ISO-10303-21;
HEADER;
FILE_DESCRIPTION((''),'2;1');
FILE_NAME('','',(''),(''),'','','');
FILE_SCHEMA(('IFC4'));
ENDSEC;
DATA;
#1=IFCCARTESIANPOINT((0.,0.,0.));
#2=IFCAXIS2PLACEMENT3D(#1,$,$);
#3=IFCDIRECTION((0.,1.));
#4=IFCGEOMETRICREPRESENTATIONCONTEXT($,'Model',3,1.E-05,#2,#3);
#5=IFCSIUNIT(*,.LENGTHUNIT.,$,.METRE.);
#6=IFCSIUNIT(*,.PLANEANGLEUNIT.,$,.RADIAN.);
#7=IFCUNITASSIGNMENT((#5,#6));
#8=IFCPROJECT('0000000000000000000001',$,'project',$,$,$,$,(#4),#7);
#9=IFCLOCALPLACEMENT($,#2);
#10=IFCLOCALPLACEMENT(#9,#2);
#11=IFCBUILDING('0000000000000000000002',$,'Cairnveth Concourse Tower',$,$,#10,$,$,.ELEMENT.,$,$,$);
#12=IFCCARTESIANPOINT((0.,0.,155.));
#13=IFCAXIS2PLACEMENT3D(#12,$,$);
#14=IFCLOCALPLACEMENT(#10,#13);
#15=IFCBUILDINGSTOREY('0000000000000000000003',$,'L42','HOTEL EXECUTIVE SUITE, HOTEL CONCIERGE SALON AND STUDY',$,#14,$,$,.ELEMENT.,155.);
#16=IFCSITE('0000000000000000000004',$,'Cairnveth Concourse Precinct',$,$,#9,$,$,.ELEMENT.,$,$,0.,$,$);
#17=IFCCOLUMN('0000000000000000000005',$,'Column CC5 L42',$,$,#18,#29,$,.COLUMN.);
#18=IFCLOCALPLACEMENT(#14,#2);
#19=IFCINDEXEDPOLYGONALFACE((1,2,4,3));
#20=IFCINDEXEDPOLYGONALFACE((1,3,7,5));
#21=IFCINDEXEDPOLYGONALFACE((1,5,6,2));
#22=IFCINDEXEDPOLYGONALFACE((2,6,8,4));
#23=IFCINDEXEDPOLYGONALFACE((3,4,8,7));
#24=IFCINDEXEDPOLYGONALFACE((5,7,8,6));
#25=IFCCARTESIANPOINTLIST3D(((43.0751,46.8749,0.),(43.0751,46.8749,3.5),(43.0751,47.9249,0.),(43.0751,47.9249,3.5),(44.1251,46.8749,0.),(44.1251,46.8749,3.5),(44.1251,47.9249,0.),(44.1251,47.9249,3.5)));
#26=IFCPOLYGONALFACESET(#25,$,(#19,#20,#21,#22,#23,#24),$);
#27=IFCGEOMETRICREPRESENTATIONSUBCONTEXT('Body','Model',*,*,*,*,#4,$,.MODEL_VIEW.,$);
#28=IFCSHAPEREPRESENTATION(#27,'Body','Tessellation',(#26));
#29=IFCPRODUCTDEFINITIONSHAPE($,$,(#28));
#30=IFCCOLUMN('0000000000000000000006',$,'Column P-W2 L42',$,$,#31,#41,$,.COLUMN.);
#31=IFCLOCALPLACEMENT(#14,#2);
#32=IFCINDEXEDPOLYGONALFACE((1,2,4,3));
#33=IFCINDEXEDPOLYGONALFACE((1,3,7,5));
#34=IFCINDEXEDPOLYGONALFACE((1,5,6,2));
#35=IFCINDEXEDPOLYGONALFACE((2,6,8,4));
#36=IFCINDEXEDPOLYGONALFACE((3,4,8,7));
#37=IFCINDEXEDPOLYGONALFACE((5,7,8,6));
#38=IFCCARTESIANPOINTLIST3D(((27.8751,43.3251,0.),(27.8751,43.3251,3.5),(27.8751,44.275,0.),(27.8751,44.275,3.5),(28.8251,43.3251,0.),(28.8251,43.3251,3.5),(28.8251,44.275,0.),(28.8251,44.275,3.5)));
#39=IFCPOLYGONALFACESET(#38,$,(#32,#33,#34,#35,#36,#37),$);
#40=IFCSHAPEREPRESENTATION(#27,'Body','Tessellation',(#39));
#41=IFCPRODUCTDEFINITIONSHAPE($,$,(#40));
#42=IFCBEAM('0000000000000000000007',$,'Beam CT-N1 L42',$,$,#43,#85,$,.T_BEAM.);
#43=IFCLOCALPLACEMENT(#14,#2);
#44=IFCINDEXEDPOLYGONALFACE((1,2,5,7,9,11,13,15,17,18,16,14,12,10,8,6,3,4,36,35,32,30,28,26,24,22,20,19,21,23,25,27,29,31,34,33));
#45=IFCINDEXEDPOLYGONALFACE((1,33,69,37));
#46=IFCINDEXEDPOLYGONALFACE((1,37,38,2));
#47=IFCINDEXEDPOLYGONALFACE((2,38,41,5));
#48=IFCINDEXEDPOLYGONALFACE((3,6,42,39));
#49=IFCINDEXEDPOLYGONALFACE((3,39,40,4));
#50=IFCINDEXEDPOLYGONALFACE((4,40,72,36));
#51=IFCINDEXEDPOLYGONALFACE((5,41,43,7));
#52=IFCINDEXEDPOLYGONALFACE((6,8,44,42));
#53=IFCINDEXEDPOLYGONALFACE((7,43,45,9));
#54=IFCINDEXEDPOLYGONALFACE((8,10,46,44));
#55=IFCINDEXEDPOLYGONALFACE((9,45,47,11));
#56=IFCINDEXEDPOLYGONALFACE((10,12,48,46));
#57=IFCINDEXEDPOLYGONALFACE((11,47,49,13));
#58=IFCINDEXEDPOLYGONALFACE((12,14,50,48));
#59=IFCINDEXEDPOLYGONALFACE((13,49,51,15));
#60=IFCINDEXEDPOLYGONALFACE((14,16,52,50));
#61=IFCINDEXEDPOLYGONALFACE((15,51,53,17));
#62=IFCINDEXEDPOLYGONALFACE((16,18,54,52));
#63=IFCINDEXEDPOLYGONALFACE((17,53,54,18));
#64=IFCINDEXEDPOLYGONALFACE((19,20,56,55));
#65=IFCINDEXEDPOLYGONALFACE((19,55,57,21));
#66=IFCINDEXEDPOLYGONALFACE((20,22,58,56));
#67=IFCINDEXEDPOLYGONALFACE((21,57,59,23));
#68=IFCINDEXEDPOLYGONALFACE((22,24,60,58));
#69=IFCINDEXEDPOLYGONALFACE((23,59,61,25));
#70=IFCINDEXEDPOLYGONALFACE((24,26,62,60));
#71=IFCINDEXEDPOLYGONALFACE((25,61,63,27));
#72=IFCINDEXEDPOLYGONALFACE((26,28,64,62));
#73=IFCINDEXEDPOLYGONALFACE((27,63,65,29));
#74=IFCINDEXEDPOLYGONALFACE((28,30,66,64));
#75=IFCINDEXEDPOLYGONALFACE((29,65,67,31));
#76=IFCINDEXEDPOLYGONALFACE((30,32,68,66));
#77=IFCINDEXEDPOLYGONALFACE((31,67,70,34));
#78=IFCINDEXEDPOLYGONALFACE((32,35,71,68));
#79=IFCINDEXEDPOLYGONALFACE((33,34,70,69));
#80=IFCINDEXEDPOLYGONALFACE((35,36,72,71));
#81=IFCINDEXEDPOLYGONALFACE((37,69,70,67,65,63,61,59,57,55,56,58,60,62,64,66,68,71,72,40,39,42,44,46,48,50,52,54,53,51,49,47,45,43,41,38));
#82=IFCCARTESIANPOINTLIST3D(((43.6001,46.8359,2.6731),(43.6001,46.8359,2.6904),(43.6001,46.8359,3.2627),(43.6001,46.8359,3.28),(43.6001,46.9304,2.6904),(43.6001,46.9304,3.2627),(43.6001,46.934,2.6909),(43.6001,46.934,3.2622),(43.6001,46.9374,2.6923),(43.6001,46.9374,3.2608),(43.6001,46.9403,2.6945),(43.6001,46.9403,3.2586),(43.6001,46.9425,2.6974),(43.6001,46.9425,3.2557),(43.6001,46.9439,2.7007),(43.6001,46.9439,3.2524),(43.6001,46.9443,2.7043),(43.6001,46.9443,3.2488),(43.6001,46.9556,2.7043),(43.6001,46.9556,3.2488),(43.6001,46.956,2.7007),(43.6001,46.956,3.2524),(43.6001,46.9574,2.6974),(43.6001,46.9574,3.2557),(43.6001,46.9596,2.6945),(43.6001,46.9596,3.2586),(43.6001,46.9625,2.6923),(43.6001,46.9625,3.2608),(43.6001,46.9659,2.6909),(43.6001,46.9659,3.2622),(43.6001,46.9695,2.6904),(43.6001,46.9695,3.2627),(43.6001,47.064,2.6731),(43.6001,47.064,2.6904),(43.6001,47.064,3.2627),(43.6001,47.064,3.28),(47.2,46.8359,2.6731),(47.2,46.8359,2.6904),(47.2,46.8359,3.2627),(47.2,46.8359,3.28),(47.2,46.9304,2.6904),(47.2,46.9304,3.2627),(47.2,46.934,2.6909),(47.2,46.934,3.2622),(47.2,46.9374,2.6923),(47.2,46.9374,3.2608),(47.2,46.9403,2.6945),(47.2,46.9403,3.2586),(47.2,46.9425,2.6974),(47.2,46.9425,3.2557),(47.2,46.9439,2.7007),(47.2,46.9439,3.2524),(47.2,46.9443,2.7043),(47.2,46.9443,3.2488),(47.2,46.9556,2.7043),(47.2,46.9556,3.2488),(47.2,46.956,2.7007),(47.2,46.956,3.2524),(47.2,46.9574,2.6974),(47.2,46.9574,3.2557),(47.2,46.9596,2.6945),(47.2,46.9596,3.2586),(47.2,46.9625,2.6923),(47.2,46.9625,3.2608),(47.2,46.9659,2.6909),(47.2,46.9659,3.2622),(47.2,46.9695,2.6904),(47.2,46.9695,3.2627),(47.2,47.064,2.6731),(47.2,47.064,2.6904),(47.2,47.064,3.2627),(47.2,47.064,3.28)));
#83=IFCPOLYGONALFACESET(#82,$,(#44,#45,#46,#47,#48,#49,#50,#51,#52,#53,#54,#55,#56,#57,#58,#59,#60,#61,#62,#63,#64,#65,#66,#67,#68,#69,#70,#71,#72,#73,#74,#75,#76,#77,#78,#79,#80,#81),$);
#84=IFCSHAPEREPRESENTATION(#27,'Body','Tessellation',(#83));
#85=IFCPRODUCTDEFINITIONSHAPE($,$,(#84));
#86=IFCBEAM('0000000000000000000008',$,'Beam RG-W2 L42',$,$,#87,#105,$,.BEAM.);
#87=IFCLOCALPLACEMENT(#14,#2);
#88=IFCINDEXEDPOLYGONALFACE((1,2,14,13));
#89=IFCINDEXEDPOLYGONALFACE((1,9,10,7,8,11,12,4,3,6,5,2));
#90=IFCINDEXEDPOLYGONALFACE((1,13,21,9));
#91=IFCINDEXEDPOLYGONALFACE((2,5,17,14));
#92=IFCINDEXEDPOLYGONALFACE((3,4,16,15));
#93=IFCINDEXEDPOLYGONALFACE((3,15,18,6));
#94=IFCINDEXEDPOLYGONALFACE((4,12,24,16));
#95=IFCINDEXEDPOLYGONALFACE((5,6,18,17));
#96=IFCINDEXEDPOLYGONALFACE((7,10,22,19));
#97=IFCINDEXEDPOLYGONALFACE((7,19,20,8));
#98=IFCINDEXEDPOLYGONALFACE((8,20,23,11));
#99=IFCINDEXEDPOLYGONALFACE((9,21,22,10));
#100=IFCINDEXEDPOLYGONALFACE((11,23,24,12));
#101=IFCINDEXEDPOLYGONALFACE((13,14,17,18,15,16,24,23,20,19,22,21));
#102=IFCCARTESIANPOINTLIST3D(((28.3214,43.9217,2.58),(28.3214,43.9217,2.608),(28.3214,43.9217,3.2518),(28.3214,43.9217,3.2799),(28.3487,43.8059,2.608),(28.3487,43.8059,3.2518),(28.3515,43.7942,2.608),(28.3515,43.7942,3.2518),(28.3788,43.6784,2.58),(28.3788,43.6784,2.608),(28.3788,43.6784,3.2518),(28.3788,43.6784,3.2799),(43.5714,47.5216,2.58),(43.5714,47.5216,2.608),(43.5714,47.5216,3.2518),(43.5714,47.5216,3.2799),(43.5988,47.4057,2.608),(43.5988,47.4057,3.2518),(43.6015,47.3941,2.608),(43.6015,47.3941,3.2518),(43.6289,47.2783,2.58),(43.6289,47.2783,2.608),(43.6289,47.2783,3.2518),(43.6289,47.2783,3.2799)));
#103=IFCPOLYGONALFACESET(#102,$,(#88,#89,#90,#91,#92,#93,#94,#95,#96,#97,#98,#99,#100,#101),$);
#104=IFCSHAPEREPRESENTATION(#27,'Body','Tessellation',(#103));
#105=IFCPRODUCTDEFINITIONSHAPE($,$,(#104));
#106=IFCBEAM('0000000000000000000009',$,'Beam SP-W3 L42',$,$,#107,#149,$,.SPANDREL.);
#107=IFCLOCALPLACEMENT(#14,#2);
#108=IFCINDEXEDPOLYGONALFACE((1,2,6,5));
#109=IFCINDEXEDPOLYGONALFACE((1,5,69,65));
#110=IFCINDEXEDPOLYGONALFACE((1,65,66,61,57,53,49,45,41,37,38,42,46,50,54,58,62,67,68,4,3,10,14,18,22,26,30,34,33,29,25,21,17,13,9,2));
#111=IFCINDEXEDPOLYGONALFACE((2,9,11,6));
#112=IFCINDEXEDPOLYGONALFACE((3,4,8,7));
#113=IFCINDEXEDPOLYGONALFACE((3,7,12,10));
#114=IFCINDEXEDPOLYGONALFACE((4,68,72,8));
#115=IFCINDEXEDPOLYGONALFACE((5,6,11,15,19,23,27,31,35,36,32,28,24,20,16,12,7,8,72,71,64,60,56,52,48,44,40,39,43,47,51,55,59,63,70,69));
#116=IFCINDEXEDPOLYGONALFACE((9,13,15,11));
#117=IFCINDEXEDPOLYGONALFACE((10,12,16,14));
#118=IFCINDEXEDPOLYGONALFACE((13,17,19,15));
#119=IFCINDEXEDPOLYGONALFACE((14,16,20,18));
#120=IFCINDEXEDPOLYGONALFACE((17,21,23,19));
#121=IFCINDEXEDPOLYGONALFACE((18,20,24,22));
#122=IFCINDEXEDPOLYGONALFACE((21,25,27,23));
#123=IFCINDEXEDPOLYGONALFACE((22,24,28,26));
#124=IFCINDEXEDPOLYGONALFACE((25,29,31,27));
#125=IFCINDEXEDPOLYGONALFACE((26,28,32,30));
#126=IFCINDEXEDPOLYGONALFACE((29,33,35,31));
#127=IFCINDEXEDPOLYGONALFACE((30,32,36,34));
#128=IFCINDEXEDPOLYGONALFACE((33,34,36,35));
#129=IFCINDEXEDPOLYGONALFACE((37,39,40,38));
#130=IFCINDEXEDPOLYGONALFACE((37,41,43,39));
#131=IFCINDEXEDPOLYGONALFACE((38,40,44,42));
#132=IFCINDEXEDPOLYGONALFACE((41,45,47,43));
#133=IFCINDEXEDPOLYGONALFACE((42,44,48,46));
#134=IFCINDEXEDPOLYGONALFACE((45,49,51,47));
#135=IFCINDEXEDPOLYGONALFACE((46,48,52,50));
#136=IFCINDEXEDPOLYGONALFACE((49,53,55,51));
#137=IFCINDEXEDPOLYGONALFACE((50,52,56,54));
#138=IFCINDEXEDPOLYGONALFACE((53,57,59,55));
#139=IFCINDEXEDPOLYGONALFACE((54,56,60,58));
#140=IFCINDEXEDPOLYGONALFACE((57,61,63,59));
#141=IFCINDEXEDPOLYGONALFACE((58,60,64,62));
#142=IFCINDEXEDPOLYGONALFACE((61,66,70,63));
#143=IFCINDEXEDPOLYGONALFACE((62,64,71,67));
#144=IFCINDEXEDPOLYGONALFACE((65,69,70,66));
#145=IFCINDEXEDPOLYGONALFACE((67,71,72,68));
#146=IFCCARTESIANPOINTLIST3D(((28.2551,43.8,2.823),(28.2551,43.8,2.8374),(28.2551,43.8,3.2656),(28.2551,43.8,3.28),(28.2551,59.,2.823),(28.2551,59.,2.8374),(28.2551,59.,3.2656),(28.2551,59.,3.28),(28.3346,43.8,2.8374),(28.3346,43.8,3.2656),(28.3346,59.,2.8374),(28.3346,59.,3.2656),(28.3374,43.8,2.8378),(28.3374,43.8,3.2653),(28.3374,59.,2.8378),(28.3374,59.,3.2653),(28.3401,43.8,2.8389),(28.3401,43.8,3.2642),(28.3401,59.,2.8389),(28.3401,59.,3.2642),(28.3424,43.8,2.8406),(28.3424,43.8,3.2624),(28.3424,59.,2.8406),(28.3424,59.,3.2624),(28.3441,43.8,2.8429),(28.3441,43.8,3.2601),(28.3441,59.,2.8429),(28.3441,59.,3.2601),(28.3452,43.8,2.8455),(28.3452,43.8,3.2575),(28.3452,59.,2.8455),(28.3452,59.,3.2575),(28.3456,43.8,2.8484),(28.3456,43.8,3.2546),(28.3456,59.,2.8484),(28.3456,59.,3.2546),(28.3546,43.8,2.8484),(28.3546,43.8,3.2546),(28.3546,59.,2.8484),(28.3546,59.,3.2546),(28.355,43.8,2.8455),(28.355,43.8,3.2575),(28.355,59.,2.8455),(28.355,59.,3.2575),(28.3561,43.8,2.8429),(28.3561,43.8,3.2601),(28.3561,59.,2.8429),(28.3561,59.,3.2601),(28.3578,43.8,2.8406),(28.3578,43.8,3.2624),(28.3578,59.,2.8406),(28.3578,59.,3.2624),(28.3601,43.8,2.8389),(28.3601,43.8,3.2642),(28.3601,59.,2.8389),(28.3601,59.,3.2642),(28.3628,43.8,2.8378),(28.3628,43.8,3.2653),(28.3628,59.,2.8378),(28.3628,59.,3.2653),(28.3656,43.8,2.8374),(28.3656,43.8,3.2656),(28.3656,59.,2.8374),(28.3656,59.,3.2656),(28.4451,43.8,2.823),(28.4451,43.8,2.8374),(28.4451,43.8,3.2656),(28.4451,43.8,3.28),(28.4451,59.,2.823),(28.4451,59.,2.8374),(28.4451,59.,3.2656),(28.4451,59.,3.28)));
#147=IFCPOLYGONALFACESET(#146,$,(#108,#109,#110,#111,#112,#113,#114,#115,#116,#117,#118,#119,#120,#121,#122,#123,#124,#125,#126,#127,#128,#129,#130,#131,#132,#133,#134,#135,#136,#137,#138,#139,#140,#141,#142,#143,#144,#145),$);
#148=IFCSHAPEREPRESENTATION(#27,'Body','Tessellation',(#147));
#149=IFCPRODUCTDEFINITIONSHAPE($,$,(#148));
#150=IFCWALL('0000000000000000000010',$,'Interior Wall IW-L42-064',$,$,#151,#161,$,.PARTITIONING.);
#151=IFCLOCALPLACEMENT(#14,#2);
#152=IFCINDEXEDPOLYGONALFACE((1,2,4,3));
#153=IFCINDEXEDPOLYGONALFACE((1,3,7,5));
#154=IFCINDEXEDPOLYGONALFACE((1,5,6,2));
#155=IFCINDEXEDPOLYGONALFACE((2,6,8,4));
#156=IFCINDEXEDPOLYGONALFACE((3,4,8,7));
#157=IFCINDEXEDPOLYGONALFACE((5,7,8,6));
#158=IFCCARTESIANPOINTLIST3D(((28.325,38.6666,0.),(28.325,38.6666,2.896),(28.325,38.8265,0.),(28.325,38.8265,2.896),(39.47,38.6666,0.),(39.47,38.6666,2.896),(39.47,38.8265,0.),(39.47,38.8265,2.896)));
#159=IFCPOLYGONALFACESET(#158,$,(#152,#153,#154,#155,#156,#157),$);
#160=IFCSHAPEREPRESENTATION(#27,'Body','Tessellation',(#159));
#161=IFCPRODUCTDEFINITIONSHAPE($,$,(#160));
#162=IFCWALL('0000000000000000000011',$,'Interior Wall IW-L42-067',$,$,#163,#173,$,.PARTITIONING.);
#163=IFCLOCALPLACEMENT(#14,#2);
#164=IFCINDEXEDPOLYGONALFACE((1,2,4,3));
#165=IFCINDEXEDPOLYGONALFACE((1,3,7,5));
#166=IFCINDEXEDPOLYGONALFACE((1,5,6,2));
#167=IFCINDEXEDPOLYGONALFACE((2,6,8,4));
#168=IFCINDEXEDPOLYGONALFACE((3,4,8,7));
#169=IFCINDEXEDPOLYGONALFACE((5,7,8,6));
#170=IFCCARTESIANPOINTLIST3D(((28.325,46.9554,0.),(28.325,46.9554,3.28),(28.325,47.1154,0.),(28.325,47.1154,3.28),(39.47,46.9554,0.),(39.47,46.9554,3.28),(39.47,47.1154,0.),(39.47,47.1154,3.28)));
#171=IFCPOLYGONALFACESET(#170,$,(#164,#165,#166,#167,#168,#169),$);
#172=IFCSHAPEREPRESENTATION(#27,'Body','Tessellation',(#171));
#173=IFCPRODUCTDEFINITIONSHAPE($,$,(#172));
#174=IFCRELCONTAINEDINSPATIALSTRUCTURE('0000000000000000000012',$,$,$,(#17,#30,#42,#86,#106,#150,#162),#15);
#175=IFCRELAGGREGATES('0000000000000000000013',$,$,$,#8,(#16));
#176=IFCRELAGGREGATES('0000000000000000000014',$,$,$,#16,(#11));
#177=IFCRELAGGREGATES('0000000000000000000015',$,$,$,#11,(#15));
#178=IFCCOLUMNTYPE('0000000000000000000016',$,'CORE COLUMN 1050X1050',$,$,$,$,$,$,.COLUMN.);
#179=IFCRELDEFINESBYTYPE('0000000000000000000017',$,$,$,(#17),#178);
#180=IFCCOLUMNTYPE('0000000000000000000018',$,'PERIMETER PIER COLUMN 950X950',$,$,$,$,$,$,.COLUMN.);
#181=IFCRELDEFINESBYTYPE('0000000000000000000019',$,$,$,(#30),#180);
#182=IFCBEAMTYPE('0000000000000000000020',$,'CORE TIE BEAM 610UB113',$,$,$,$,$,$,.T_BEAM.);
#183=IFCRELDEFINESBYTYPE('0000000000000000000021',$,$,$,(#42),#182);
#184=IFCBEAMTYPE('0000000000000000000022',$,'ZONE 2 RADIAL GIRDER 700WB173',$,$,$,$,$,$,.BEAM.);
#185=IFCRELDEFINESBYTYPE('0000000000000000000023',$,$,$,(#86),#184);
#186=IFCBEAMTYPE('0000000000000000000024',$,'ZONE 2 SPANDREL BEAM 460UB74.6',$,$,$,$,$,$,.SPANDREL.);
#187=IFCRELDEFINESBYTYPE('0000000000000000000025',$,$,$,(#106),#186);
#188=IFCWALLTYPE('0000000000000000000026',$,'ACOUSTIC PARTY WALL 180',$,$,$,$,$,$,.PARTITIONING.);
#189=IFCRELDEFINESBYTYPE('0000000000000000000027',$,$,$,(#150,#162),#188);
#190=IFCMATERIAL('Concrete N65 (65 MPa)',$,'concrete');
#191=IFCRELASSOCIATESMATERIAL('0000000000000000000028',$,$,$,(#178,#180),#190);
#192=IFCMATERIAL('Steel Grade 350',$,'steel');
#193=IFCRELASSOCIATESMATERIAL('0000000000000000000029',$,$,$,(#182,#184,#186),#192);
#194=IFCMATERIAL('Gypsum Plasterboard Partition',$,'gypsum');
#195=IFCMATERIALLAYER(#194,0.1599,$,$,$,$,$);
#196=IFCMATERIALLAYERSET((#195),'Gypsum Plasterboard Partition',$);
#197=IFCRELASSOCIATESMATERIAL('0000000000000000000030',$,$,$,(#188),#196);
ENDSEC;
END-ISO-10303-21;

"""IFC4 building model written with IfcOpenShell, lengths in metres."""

from ifc_helpers import new_model, si_unit, direction, frame, frame_2d, origin, origin_2d, place, context, subcontext, project, spatial, rectangle, i_section, extrude, material, layer, layer_set, material_profile, profile_set, type_object, element, save


model = new_model("IFC4")

# Units and contexts
model_context = context("Model", 3, precision=1e-05, world=origin(), true_north=direction((0.0, 1.0)))
body_context = subcontext(model_context, "Body", "Model", "MODEL_VIEW")
ifc_project = project(units=[si_unit("LENGTHUNIT", "METRE"), si_unit("PLANEANGLEUNIT", "RADIAN")], contexts=[model_context])

# Site, building, storey
site_placement = place(None, origin())
site = spatial("IfcSite", under=ifc_project, at=site_placement, Name="Cairnveth Concourse Precinct", CompositionType="ELEMENT", RefElevation=0.0)
building_placement = place(site_placement, origin())
building = spatial("IfcBuilding", under=site, at=building_placement, Name="Cairnveth Concourse Tower", CompositionType="ELEMENT")
storey_placement = place(building_placement, frame((0.0, 0.0, 155.0)))
storey = spatial("IfcBuildingStorey", under=building, at=storey_placement, Name="L42", Description="HOTEL EXECUTIVE SUITE, HOTEL CONCIERGE SALON AND STUDY", CompositionType="ELEMENT", Elevation=155.0)

# Columns
ifc_material_1 = material(Name="Concrete N65 (65 MPa)", Category="concrete")
ifc_material_profile_1 = material_profile(ifc_material_1, rectangle(XDim=1.05, YDim=1.05, at=origin_2d()), Name="RC-COL-1050x1050")
ifc_profile_set_1 = profile_set([ifc_material_profile_1], Name="Concrete N65 (65 MPa)")
column_type_1 = type_object("IfcColumnType", Name="CORE COLUMN 1050X1050", PredefinedType="COLUMN", material=ifc_profile_set_1)
column_1_placement = place(storey_placement, frame((43.6001, 47.3999, 0.0), z_axis=(0.0, 0.0, 1.0), x_axis=(1.0, 0.0, 0.0)))
element("IfcColumn", 1, at=column_1_placement, inside=storey, type_object=column_type_1, Name="Column CC5 L42", PredefinedType="COLUMN", context=body_context, shape_type="SweptSolid", body=[
    extrude(rectangle(XDim=1.05, YDim=1.05, at=origin_2d()), origin(), (0.0, 0.0, 1.0), 3.5),
])
ifc_material_profile_2 = material_profile(ifc_material_1, rectangle(XDim=0.95, YDim=0.95, at=origin_2d()), Name="RC-COL-950x950")
ifc_profile_set_2 = profile_set([ifc_material_profile_2], Name="Concrete N65 (65 MPa)")
column_type_2 = type_object("IfcColumnType", Name="PERIMETER PIER COLUMN 950X950", PredefinedType="COLUMN", material=ifc_profile_set_2)
column_2_placement = place(storey_placement, frame((28.3501, 43.8, 0.0), z_axis=(0.0, 0.0, 1.0), x_axis=(0.0, 1.0, 0.0)))
element("IfcColumn", 2, at=column_2_placement, inside=storey, type_object=column_type_2, Name="Column P-W2 L42", PredefinedType="COLUMN", context=body_context, shape_type="SweptSolid", body=[
    extrude(rectangle(XDim=0.95, YDim=0.95, at=origin_2d()), origin(), (0.0, 0.0, 1.0), 3.5),
])

# Beams
ifc_material_2 = material(Name="Steel Grade 350", Category="steel")
ifc_material_profile_3 = material_profile(ifc_material_2, i_section(OverallWidth=0.228, OverallDepth=0.6069, WebThickness=0.0112, FlangeThickness=0.0173, FilletRadius=0.0139, at=origin_2d()), Name="610UB113")
ifc_profile_set_3 = profile_set([ifc_material_profile_3], Name="Steel Grade 350")
beam_type_1 = type_object("IfcBeamType", Name="CORE TIE BEAM 610UB113", PredefinedType="T_BEAM", material=ifc_profile_set_3)
beam_1_placement = place(storey_placement, frame((43.6001, 46.95, 2.9766), z_axis=(1.0, 0.0, 0.0), x_axis=(0.0, 1.0, 0.0)))
element("IfcBeam", 3, at=beam_1_placement, inside=storey, type_object=beam_type_1, Name="Beam CT-N1 L42", PredefinedType="T_BEAM", context=body_context, shape_type="SweptSolid", body=[
    extrude(i_section(OverallWidth=0.228, OverallDepth=0.6069, WebThickness=0.0112, FlangeThickness=0.0173, FilletRadius=0.0139, at=origin_2d()), origin(), (0.0, 0.0, 1.0), 3.5999),
])
ifc_material_profile_4 = material_profile(ifc_material_2, i_section(OverallWidth=0.25, OverallDepth=0.7, WebThickness=0.012, FlangeThickness=0.0281, at=origin_2d()), Name="700WB173")
ifc_profile_set_4 = profile_set([ifc_material_profile_4], Name="Steel Grade 350")
beam_type_2 = type_object("IfcBeamType", Name="ZONE 2 RADIAL GIRDER 700WB173", PredefinedType="BEAM", material=ifc_profile_set_4)
beam_2_placement = place(storey_placement, frame((28.3501, 43.8, 2.9299), z_axis=(0.973252, 0.229742, 0.0), x_axis=(-0.229742, 0.973252, 0.0)))
element("IfcBeam", 4, at=beam_2_placement, inside=storey, type_object=beam_type_2, Name="Beam RG-W2 L42", PredefinedType="BEAM", context=body_context, shape_type="SweptSolid", body=[
    extrude(i_section(OverallWidth=0.25, OverallDepth=0.7, WebThickness=0.012, FlangeThickness=0.0281, at=origin_2d()), origin(), (0.0, 0.0, 1.0), 15.6692),
])
ifc_material_profile_5 = material_profile(ifc_material_2, i_section(OverallWidth=0.1899, OverallDepth=0.457, WebThickness=0.009, FlangeThickness=0.0144, FilletRadius=0.011, at=origin_2d()), Name="460UB74.6")
ifc_profile_set_5 = profile_set([ifc_material_profile_5], Name="Steel Grade 350")
beam_type_3 = type_object("IfcBeamType", Name="ZONE 2 SPANDREL BEAM 460UB74.6", PredefinedType="SPANDREL", material=ifc_profile_set_5)
beam_3_placement = place(storey_placement, frame((28.3501, 43.8, 3.0515), z_axis=(0.0, 1.0, 0.0), x_axis=(-1.0, 0.0, 0.0)))
element("IfcBeam", 5, at=beam_3_placement, inside=storey, type_object=beam_type_3, Name="Beam SP-W3 L42", PredefinedType="SPANDREL", context=body_context, shape_type="SweptSolid", body=[
    extrude(i_section(OverallWidth=0.1899, OverallDepth=0.457, WebThickness=0.009, FlangeThickness=0.0144, FilletRadius=0.011, at=origin_2d()), origin(), (0.0, 0.0, 1.0), 15.2),
])

# Walls
ifc_material_3 = material(Name="Gypsum Plasterboard Partition", Category="gypsum")
ifc_layer_1 = layer(ifc_material_3, 0.1599)
ifc_layer_set_1 = layer_set([ifc_layer_1], Name="Gypsum Plasterboard Partition")
wall_type_1 = type_object("IfcWallType", Name="ACOUSTIC PARTY WALL 180", PredefinedType="PARTITIONING", material=ifc_layer_set_1)
wall_1_placement = place(storey_placement, frame((28.325, 38.7466, 0.0), z_axis=(0.0, 0.0, 1.0), x_axis=(1.0, 0.0, 0.0)))
element("IfcWall", 6, at=wall_1_placement, inside=storey, type_object=wall_type_1, Name="Interior Wall IW-L42-064", PredefinedType="PARTITIONING", context=body_context, shape_type="SweptSolid", body=[
    extrude(rectangle(XDim=11.145, YDim=0.1599, at=frame_2d((5.5725, 0.0))), origin(), (0.0, 0.0, 1.0), 2.896),
])
wall_2_placement = place(storey_placement, frame((28.325, 47.0354, 0.0), z_axis=(0.0, 0.0, 1.0), x_axis=(1.0, 0.0, 0.0)))
element("IfcWall", 7, at=wall_2_placement, inside=storey, type_object=wall_type_1, Name="Interior Wall IW-L42-067", PredefinedType="PARTITIONING", context=body_context, shape_type="SweptSolid", body=[
    extrude(rectangle(XDim=11.145, YDim=0.1599, at=frame_2d((5.5725, 0.0))), origin(), (0.0, 0.0, 1.0), 3.28),
])

save(model, "model.ifc")
